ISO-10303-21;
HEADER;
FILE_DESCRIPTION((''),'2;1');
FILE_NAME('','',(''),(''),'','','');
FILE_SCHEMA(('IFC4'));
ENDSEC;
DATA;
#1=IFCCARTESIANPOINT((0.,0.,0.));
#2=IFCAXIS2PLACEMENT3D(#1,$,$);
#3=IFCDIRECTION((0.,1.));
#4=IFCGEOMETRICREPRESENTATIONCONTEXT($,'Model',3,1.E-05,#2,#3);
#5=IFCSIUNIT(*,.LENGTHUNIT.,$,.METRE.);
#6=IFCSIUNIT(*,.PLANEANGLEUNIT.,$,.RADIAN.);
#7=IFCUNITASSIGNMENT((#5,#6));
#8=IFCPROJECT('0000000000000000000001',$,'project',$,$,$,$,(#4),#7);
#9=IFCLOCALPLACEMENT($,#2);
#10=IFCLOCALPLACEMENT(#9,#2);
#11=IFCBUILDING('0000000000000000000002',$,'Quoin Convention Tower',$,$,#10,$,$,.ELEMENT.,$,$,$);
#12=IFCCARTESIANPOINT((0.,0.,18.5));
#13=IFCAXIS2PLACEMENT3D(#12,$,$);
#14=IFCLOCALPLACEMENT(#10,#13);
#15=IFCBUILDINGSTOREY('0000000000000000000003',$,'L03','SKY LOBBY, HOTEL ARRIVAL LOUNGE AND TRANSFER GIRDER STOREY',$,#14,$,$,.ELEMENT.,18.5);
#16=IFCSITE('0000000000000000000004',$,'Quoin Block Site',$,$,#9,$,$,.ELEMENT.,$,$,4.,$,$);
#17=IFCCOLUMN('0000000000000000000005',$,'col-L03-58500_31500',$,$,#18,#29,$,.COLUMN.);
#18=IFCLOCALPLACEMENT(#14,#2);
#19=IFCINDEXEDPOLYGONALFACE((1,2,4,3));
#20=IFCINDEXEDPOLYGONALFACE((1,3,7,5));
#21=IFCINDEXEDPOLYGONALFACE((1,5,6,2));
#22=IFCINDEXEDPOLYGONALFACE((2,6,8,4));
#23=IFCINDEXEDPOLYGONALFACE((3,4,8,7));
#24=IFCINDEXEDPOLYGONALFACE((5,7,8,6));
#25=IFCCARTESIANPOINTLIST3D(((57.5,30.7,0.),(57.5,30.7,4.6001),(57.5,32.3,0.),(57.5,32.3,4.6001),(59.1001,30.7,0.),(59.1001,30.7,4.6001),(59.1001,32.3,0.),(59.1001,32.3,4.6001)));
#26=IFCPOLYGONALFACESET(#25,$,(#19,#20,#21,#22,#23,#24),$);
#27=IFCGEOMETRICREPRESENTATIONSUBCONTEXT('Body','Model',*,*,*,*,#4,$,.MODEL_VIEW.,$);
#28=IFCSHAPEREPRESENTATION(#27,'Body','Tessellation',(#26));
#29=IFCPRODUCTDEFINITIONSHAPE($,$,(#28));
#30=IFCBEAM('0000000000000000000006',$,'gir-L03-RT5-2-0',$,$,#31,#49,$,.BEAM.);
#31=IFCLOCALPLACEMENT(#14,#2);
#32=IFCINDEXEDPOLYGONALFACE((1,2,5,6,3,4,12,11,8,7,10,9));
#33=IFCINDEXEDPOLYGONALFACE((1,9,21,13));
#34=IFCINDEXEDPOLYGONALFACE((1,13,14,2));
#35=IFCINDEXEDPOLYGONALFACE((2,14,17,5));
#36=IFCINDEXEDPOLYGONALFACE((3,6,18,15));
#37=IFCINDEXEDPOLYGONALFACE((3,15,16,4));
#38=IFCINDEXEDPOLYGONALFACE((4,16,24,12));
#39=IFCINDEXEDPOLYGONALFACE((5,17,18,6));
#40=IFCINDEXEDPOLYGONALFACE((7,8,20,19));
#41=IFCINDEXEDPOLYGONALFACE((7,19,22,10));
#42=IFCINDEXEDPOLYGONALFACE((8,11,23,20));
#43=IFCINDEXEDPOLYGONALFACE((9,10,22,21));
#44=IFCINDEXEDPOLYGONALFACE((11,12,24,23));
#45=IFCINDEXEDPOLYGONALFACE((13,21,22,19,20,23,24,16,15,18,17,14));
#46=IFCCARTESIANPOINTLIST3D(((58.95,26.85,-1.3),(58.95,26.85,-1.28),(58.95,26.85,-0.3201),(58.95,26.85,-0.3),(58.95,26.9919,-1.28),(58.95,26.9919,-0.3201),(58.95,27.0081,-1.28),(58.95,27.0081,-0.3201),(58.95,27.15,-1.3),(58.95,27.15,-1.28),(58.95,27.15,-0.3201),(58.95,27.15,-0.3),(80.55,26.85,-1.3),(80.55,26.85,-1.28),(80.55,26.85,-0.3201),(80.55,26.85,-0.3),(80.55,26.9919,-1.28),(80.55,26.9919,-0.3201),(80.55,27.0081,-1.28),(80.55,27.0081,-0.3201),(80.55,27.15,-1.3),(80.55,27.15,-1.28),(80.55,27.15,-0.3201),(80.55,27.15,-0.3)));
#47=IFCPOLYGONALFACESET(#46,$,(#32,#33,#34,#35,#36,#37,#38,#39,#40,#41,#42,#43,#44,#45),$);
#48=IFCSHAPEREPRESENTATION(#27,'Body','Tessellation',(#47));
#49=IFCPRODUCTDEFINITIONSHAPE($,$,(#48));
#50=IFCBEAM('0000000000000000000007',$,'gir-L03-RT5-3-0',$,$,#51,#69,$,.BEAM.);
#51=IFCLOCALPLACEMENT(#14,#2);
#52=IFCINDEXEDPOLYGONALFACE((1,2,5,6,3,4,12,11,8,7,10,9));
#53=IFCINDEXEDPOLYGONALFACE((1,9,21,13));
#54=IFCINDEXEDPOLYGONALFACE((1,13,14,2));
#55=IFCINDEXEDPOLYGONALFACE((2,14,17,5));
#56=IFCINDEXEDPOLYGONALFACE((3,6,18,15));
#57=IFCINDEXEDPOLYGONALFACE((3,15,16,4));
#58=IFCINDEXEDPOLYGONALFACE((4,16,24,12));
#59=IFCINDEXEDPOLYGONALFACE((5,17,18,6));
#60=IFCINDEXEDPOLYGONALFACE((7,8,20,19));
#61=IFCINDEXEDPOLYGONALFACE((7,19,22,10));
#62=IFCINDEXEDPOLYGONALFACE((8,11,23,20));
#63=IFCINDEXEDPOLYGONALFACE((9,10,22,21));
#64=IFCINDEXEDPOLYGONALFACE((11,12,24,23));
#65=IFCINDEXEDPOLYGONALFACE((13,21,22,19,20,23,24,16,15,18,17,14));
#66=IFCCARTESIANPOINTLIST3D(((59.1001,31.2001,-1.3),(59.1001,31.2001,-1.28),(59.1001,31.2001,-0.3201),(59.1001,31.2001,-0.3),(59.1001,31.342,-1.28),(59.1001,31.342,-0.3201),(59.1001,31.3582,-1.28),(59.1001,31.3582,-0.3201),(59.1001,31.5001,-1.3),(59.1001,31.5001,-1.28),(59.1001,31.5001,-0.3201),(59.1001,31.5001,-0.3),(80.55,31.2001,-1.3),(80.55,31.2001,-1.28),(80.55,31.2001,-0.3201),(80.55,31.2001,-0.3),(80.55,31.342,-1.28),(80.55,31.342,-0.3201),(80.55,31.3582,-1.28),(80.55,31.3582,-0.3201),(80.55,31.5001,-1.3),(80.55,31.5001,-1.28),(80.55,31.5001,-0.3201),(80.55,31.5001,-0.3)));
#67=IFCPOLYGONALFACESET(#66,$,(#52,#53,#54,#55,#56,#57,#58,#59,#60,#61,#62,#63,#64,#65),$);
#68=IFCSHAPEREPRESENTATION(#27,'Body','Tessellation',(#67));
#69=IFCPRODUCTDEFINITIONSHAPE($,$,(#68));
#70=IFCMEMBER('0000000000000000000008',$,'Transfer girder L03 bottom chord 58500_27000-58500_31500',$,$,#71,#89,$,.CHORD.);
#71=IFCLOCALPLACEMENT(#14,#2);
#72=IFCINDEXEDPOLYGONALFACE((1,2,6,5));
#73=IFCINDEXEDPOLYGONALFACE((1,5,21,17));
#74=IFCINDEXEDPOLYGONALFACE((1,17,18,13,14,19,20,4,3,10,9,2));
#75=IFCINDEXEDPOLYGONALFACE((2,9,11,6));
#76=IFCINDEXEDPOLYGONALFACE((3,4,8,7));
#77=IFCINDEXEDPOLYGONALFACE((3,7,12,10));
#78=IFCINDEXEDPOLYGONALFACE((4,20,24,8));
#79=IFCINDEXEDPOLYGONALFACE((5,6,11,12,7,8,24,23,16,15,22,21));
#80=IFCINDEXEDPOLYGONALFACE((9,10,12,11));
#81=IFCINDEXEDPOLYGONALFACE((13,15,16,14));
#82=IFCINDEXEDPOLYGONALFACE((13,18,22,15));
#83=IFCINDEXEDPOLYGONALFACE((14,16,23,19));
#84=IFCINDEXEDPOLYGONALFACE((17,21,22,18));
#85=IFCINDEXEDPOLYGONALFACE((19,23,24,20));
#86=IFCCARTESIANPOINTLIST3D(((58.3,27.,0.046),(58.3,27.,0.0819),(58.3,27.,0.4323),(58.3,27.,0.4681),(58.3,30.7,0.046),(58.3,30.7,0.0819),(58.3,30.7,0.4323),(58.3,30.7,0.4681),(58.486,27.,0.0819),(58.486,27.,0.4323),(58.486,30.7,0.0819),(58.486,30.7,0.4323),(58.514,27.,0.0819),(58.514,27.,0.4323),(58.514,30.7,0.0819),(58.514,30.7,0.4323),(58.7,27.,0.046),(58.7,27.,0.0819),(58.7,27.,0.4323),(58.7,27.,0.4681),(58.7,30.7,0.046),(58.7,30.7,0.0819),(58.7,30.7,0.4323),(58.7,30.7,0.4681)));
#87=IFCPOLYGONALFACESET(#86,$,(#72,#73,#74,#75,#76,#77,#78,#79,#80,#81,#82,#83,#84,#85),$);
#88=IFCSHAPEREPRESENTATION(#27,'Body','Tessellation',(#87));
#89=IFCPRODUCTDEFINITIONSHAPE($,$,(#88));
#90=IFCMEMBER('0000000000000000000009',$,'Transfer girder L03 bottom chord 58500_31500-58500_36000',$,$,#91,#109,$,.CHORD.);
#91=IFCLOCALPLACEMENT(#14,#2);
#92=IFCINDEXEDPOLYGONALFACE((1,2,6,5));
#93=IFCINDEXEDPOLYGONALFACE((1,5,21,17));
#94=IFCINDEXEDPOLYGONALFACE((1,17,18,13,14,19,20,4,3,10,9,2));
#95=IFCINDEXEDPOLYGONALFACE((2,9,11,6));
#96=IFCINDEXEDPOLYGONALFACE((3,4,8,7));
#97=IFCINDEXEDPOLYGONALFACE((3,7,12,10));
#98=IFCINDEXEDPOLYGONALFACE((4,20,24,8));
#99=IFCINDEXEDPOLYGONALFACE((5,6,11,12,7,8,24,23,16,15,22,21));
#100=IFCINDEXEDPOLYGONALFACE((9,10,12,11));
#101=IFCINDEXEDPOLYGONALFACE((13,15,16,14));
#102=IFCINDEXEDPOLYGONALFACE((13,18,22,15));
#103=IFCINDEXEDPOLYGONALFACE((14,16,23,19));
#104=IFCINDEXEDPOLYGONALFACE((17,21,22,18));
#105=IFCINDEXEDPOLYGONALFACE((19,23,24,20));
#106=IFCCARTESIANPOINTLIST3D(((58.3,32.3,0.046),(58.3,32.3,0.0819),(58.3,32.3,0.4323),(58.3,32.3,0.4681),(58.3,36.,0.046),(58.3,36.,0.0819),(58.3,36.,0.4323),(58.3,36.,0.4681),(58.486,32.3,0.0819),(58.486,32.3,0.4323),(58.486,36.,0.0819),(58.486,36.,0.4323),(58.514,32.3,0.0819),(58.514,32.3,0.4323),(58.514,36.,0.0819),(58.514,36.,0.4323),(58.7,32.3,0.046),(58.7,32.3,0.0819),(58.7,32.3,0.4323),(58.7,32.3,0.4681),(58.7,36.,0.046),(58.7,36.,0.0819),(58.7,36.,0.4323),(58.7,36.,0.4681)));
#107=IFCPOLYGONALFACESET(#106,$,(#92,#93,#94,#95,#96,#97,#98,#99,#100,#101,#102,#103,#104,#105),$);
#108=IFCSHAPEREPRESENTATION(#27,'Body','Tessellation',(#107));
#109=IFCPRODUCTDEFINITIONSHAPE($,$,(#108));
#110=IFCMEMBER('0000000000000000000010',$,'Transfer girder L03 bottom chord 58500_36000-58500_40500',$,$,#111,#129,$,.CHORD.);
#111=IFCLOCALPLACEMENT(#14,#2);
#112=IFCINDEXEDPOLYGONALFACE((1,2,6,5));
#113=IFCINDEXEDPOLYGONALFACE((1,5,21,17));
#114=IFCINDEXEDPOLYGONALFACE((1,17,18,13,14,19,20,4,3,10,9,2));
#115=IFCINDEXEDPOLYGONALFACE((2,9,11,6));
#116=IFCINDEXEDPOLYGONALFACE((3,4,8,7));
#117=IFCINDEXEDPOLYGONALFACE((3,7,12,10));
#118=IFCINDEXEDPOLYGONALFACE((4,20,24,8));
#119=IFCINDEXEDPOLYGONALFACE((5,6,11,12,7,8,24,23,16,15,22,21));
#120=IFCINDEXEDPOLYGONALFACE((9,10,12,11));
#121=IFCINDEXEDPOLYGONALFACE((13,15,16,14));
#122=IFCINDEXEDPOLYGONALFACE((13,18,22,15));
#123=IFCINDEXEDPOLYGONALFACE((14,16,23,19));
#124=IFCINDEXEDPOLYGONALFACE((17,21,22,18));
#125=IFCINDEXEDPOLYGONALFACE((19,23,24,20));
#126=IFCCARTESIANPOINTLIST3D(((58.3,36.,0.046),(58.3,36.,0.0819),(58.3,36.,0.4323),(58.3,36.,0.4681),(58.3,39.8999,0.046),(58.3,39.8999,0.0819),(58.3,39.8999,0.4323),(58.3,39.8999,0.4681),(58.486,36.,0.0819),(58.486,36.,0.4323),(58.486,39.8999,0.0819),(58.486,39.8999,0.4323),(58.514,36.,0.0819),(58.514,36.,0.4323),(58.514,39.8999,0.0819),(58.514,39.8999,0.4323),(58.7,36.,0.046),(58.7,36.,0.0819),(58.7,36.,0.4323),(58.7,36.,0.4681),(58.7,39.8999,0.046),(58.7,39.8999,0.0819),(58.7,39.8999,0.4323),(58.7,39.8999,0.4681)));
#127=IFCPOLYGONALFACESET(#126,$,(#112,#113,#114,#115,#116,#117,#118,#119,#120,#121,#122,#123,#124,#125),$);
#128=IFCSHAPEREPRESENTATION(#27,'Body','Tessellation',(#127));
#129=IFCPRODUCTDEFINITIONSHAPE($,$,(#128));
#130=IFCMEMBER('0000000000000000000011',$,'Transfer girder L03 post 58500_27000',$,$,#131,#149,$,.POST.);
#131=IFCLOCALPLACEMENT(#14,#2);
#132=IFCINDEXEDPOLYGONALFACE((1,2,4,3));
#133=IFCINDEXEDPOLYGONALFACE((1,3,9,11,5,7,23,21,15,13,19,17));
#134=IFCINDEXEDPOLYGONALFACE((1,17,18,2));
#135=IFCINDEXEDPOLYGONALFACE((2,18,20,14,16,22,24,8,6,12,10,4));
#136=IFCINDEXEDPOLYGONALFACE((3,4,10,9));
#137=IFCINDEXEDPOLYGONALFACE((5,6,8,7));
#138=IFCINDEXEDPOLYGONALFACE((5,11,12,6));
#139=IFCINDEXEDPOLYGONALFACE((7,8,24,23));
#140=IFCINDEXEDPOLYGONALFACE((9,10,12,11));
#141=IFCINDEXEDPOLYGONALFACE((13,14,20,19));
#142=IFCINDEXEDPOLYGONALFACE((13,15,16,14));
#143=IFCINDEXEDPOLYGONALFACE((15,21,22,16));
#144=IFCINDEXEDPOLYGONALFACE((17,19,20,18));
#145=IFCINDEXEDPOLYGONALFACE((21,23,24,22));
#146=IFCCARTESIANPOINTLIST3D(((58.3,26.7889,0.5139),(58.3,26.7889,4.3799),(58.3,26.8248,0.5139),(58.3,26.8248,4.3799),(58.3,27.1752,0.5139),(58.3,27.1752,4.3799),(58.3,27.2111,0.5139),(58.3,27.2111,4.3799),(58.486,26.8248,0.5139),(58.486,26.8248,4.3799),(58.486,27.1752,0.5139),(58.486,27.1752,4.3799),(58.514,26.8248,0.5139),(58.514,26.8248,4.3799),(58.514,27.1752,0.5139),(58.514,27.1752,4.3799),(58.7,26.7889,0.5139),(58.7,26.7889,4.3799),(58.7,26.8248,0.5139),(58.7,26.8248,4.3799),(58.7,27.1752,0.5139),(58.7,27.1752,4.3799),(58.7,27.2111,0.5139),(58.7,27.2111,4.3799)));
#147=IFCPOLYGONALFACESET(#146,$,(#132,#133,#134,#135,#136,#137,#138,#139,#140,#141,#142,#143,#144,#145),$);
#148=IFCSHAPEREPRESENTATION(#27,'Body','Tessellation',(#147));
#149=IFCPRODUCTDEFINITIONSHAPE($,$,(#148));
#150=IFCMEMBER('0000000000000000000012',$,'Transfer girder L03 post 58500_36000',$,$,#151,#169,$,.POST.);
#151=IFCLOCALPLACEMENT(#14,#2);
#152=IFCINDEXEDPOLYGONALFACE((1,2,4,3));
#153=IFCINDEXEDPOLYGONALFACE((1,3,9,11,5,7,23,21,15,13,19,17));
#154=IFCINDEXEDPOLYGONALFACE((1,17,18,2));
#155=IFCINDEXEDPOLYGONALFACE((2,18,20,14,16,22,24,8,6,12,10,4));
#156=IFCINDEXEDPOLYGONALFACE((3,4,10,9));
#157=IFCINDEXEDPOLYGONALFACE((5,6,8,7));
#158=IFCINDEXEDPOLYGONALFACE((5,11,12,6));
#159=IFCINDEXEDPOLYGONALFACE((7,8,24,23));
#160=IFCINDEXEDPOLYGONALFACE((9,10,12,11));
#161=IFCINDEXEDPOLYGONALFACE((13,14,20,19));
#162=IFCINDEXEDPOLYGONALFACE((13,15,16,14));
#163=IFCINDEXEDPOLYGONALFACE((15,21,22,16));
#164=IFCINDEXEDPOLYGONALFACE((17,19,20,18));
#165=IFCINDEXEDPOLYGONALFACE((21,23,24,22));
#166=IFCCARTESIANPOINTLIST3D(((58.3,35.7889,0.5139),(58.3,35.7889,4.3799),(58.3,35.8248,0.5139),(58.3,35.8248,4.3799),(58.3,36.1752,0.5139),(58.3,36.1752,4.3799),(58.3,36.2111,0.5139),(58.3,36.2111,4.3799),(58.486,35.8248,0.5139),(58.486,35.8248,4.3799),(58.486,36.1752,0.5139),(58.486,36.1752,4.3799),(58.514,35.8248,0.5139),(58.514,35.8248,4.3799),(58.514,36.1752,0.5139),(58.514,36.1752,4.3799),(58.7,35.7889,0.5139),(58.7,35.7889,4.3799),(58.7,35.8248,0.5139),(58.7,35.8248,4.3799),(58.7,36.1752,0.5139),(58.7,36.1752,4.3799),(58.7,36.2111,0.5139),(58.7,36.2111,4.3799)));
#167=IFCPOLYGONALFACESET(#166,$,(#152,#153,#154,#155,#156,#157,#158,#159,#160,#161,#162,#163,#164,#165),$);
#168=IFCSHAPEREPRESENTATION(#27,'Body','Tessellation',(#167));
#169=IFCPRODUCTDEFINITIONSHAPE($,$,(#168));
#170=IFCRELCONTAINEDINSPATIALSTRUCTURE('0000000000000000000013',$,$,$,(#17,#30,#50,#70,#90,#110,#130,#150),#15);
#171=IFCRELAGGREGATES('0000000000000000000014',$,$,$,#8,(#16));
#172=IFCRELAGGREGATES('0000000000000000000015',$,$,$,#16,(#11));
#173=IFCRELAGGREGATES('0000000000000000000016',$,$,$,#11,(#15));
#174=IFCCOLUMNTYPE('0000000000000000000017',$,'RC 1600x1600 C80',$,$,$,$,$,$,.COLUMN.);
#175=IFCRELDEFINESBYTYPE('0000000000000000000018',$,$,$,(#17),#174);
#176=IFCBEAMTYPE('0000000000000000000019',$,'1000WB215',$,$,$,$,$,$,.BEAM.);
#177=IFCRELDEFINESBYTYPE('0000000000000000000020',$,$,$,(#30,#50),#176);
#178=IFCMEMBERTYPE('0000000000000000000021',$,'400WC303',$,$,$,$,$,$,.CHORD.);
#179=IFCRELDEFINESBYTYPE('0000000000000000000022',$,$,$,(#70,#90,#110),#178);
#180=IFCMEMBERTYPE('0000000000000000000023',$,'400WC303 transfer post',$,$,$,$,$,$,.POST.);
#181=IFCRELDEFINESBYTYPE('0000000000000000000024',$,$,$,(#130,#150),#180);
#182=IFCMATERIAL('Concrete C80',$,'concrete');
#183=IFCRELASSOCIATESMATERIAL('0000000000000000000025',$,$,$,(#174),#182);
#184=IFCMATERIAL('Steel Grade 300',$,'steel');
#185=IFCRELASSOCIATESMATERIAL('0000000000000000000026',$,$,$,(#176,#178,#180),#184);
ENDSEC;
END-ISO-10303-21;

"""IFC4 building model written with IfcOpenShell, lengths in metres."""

from ifc_helpers import new_model, si_unit, direction, frame, origin, origin_2d, place, context, subcontext, project, spatial, rectangle, i_section, extrude, material, material_profile, profile_set, type_object, element, save


model = new_model("IFC4")

# Units and contexts
model_context = context("Model", 3, precision=1e-05, world=origin(), true_north=direction((0.0, 1.0)))
body_context = subcontext(model_context, "Body", "Model", "MODEL_VIEW")
ifc_project = project(units=[si_unit("LENGTHUNIT", "METRE"), si_unit("PLANEANGLEUNIT", "RADIAN")], contexts=[model_context])

# Site, building, storey
site_placement = place(None, origin())
site = spatial("IfcSite", under=ifc_project, at=site_placement, Name="Quoin Block Site", CompositionType="ELEMENT", RefElevation=4.0)
building_placement = place(site_placement, origin())
building = spatial("IfcBuilding", under=site, at=building_placement, Name="Quoin Convention Tower", CompositionType="ELEMENT")
storey_placement = place(building_placement, frame((0.0, 0.0, 18.5)))
storey = spatial("IfcBuildingStorey", under=building, at=storey_placement, Name="L03", Description="SKY LOBBY, HOTEL ARRIVAL LOUNGE AND TRANSFER GIRDER STOREY", CompositionType="ELEMENT", Elevation=18.5)

# Column
ifc_material_1 = material(Name="Concrete C80", Category="concrete")
ifc_material_profile_1 = material_profile(ifc_material_1, rectangle(XDim=1.6001, YDim=1.6001, at=origin_2d()), Name="RC 1600x1600")
ifc_profile_set_1 = profile_set([ifc_material_profile_1], Name="Concrete C80")
column_type = type_object("IfcColumnType", Name="RC 1600x1600 C80", PredefinedType="COLUMN", material=ifc_profile_set_1)
column_placement = place(storey_placement, frame((58.3, 31.5, 0.0), z_axis=(0.0, 0.0, 1.0), x_axis=(1.0, 0.0, 0.0)))
element("IfcColumn", 1, at=column_placement, inside=storey, type_object=column_type, Name="col-L03-58500_31500", PredefinedType="COLUMN", context=body_context, shape_type="SweptSolid", body=[
    extrude(rectangle(XDim=1.6001, YDim=1.6001, at=origin_2d()), origin(), (0.0, 0.0, 1.0), 4.6001),
])

# Beams
ifc_material_2 = material(Name="Steel Grade 300", Category="steel")
ifc_material_profile_2 = material_profile(ifc_material_2, i_section(OverallWidth=0.3, OverallDepth=1.0, WebThickness=0.0161, FlangeThickness=0.02, at=origin_2d()), Name="1000WB215")
ifc_profile_set_2 = profile_set([ifc_material_profile_2], Name="Steel Grade 300")
beam_type_1 = type_object("IfcBeamType", Name="1000WB215", PredefinedType="BEAM", material=ifc_profile_set_2)
beam_1_placement = place(storey_placement, frame((58.95, 27.0, -0.8), z_axis=(1.0, 0.0, 0.0), x_axis=(0.0, 1.0, 0.0)))
element("IfcBeam", 2, at=beam_1_placement, inside=storey, type_object=beam_type_1, Name="gir-L03-RT5-2-0", PredefinedType="BEAM", context=body_context, shape_type="SweptSolid", body=[
    extrude(i_section(OverallWidth=0.3, OverallDepth=1.0, WebThickness=0.0161, FlangeThickness=0.02, at=origin_2d()), origin(), (0.0, 0.0, 1.0), 21.6001),
])
beam_2_placement = place(storey_placement, frame((59.1001, 31.3501, -0.8), z_axis=(1.0, 0.0, 0.0), x_axis=(0.0, 1.0, 0.0)))
element("IfcBeam", 3, at=beam_2_placement, inside=storey, type_object=beam_type_1, Name="gir-L03-RT5-3-0", PredefinedType="BEAM", context=body_context, shape_type="SweptSolid", body=[
    extrude(i_section(OverallWidth=0.3, OverallDepth=1.0, WebThickness=0.0161, FlangeThickness=0.02, at=origin_2d()), origin(), (0.0, 0.0, 1.0), 21.45),
])

# Members
ifc_material_profile_3 = material_profile(ifc_material_2, i_section(OverallWidth=0.3999, OverallDepth=0.4221, WebThickness=0.0281, FlangeThickness=0.0359, at=origin_2d()), Name="400WC303")
ifc_profile_set_3 = profile_set([ifc_material_profile_3], Name="Steel Grade 300")
member_type_1 = type_object("IfcMemberType", Name="400WC303", PredefinedType="CHORD", material=ifc_profile_set_3)
for number, where, z_axis, x_axis, name in (
    (4, (58.5, 27.0, 0.2571), (0.0, 1.0, 0.0), (-1.0, 0.0, 0.0), "Transfer girder L03 bottom chord 58500_27000-58500_31500"),
    (5, (58.5, 32.3, 0.2571), (0.0, 1.0, 0.0), (-1.0, 0.0, 0.0), "Transfer girder L03 bottom chord 58500_31500-58500_36000"),
):
    element("IfcMember", number, at=place(storey_placement, frame(where, z_axis=z_axis, x_axis=x_axis)), inside=storey, type_object=member_type_1, Name=name, PredefinedType="CHORD", context=body_context, shape_type="SweptSolid", body=[
        extrude(i_section(OverallWidth=0.3999, OverallDepth=0.4221, WebThickness=0.0281, FlangeThickness=0.0359, at=origin_2d()), origin(), (0.0, 0.0, 1.0), 3.7),
    ])
member_placement = place(storey_placement, frame((58.5, 36.0, 0.2571), z_axis=(0.0, 1.0, 0.0), x_axis=(-1.0, 0.0, 0.0)))
element("IfcMember", 6, at=member_placement, inside=storey, type_object=member_type_1, Name="Transfer girder L03 bottom chord 58500_36000-58500_40500", PredefinedType="CHORD", context=body_context, shape_type="SweptSolid", body=[
    extrude(i_section(OverallWidth=0.3999, OverallDepth=0.4221, WebThickness=0.0281, FlangeThickness=0.0359, at=origin_2d()), origin(), (0.0, 0.0, 1.0), 3.8999),
])
ifc_material_profile_4 = material_profile(ifc_material_2, i_section(OverallWidth=0.3999, OverallDepth=0.4221, WebThickness=0.0281, FlangeThickness=0.0359, at=origin_2d()), Name="400WC303")
ifc_profile_set_4 = profile_set([ifc_material_profile_4], Name="Steel Grade 300")
member_type_2 = type_object("IfcMemberType", Name="400WC303 transfer post", PredefinedType="POST", material=ifc_profile_set_4)
for number, where, z_axis, x_axis, name in (
    (7, (58.5, 27.0, 0.5139), (0.0, 0.0, 1.0), (1.0, 0.0, 0.0), "Transfer girder L03 post 58500_27000"),
    (8, (58.5, 36.0, 0.5139), (0.0, 0.0, 1.0), (1.0, 0.0, 0.0), "Transfer girder L03 post 58500_36000"),
):
    element("IfcMember", number, at=place(storey_placement, frame(where, z_axis=z_axis, x_axis=x_axis)), inside=storey, type_object=member_type_2, Name=name, PredefinedType="POST", context=body_context, shape_type="SweptSolid", body=[
        extrude(i_section(OverallWidth=0.3999, OverallDepth=0.4221, WebThickness=0.0281, FlangeThickness=0.0359, at=origin_2d()), origin(), (0.0, 0.0, 1.0), 3.866),
    ])

save(model, "model.ifc")
